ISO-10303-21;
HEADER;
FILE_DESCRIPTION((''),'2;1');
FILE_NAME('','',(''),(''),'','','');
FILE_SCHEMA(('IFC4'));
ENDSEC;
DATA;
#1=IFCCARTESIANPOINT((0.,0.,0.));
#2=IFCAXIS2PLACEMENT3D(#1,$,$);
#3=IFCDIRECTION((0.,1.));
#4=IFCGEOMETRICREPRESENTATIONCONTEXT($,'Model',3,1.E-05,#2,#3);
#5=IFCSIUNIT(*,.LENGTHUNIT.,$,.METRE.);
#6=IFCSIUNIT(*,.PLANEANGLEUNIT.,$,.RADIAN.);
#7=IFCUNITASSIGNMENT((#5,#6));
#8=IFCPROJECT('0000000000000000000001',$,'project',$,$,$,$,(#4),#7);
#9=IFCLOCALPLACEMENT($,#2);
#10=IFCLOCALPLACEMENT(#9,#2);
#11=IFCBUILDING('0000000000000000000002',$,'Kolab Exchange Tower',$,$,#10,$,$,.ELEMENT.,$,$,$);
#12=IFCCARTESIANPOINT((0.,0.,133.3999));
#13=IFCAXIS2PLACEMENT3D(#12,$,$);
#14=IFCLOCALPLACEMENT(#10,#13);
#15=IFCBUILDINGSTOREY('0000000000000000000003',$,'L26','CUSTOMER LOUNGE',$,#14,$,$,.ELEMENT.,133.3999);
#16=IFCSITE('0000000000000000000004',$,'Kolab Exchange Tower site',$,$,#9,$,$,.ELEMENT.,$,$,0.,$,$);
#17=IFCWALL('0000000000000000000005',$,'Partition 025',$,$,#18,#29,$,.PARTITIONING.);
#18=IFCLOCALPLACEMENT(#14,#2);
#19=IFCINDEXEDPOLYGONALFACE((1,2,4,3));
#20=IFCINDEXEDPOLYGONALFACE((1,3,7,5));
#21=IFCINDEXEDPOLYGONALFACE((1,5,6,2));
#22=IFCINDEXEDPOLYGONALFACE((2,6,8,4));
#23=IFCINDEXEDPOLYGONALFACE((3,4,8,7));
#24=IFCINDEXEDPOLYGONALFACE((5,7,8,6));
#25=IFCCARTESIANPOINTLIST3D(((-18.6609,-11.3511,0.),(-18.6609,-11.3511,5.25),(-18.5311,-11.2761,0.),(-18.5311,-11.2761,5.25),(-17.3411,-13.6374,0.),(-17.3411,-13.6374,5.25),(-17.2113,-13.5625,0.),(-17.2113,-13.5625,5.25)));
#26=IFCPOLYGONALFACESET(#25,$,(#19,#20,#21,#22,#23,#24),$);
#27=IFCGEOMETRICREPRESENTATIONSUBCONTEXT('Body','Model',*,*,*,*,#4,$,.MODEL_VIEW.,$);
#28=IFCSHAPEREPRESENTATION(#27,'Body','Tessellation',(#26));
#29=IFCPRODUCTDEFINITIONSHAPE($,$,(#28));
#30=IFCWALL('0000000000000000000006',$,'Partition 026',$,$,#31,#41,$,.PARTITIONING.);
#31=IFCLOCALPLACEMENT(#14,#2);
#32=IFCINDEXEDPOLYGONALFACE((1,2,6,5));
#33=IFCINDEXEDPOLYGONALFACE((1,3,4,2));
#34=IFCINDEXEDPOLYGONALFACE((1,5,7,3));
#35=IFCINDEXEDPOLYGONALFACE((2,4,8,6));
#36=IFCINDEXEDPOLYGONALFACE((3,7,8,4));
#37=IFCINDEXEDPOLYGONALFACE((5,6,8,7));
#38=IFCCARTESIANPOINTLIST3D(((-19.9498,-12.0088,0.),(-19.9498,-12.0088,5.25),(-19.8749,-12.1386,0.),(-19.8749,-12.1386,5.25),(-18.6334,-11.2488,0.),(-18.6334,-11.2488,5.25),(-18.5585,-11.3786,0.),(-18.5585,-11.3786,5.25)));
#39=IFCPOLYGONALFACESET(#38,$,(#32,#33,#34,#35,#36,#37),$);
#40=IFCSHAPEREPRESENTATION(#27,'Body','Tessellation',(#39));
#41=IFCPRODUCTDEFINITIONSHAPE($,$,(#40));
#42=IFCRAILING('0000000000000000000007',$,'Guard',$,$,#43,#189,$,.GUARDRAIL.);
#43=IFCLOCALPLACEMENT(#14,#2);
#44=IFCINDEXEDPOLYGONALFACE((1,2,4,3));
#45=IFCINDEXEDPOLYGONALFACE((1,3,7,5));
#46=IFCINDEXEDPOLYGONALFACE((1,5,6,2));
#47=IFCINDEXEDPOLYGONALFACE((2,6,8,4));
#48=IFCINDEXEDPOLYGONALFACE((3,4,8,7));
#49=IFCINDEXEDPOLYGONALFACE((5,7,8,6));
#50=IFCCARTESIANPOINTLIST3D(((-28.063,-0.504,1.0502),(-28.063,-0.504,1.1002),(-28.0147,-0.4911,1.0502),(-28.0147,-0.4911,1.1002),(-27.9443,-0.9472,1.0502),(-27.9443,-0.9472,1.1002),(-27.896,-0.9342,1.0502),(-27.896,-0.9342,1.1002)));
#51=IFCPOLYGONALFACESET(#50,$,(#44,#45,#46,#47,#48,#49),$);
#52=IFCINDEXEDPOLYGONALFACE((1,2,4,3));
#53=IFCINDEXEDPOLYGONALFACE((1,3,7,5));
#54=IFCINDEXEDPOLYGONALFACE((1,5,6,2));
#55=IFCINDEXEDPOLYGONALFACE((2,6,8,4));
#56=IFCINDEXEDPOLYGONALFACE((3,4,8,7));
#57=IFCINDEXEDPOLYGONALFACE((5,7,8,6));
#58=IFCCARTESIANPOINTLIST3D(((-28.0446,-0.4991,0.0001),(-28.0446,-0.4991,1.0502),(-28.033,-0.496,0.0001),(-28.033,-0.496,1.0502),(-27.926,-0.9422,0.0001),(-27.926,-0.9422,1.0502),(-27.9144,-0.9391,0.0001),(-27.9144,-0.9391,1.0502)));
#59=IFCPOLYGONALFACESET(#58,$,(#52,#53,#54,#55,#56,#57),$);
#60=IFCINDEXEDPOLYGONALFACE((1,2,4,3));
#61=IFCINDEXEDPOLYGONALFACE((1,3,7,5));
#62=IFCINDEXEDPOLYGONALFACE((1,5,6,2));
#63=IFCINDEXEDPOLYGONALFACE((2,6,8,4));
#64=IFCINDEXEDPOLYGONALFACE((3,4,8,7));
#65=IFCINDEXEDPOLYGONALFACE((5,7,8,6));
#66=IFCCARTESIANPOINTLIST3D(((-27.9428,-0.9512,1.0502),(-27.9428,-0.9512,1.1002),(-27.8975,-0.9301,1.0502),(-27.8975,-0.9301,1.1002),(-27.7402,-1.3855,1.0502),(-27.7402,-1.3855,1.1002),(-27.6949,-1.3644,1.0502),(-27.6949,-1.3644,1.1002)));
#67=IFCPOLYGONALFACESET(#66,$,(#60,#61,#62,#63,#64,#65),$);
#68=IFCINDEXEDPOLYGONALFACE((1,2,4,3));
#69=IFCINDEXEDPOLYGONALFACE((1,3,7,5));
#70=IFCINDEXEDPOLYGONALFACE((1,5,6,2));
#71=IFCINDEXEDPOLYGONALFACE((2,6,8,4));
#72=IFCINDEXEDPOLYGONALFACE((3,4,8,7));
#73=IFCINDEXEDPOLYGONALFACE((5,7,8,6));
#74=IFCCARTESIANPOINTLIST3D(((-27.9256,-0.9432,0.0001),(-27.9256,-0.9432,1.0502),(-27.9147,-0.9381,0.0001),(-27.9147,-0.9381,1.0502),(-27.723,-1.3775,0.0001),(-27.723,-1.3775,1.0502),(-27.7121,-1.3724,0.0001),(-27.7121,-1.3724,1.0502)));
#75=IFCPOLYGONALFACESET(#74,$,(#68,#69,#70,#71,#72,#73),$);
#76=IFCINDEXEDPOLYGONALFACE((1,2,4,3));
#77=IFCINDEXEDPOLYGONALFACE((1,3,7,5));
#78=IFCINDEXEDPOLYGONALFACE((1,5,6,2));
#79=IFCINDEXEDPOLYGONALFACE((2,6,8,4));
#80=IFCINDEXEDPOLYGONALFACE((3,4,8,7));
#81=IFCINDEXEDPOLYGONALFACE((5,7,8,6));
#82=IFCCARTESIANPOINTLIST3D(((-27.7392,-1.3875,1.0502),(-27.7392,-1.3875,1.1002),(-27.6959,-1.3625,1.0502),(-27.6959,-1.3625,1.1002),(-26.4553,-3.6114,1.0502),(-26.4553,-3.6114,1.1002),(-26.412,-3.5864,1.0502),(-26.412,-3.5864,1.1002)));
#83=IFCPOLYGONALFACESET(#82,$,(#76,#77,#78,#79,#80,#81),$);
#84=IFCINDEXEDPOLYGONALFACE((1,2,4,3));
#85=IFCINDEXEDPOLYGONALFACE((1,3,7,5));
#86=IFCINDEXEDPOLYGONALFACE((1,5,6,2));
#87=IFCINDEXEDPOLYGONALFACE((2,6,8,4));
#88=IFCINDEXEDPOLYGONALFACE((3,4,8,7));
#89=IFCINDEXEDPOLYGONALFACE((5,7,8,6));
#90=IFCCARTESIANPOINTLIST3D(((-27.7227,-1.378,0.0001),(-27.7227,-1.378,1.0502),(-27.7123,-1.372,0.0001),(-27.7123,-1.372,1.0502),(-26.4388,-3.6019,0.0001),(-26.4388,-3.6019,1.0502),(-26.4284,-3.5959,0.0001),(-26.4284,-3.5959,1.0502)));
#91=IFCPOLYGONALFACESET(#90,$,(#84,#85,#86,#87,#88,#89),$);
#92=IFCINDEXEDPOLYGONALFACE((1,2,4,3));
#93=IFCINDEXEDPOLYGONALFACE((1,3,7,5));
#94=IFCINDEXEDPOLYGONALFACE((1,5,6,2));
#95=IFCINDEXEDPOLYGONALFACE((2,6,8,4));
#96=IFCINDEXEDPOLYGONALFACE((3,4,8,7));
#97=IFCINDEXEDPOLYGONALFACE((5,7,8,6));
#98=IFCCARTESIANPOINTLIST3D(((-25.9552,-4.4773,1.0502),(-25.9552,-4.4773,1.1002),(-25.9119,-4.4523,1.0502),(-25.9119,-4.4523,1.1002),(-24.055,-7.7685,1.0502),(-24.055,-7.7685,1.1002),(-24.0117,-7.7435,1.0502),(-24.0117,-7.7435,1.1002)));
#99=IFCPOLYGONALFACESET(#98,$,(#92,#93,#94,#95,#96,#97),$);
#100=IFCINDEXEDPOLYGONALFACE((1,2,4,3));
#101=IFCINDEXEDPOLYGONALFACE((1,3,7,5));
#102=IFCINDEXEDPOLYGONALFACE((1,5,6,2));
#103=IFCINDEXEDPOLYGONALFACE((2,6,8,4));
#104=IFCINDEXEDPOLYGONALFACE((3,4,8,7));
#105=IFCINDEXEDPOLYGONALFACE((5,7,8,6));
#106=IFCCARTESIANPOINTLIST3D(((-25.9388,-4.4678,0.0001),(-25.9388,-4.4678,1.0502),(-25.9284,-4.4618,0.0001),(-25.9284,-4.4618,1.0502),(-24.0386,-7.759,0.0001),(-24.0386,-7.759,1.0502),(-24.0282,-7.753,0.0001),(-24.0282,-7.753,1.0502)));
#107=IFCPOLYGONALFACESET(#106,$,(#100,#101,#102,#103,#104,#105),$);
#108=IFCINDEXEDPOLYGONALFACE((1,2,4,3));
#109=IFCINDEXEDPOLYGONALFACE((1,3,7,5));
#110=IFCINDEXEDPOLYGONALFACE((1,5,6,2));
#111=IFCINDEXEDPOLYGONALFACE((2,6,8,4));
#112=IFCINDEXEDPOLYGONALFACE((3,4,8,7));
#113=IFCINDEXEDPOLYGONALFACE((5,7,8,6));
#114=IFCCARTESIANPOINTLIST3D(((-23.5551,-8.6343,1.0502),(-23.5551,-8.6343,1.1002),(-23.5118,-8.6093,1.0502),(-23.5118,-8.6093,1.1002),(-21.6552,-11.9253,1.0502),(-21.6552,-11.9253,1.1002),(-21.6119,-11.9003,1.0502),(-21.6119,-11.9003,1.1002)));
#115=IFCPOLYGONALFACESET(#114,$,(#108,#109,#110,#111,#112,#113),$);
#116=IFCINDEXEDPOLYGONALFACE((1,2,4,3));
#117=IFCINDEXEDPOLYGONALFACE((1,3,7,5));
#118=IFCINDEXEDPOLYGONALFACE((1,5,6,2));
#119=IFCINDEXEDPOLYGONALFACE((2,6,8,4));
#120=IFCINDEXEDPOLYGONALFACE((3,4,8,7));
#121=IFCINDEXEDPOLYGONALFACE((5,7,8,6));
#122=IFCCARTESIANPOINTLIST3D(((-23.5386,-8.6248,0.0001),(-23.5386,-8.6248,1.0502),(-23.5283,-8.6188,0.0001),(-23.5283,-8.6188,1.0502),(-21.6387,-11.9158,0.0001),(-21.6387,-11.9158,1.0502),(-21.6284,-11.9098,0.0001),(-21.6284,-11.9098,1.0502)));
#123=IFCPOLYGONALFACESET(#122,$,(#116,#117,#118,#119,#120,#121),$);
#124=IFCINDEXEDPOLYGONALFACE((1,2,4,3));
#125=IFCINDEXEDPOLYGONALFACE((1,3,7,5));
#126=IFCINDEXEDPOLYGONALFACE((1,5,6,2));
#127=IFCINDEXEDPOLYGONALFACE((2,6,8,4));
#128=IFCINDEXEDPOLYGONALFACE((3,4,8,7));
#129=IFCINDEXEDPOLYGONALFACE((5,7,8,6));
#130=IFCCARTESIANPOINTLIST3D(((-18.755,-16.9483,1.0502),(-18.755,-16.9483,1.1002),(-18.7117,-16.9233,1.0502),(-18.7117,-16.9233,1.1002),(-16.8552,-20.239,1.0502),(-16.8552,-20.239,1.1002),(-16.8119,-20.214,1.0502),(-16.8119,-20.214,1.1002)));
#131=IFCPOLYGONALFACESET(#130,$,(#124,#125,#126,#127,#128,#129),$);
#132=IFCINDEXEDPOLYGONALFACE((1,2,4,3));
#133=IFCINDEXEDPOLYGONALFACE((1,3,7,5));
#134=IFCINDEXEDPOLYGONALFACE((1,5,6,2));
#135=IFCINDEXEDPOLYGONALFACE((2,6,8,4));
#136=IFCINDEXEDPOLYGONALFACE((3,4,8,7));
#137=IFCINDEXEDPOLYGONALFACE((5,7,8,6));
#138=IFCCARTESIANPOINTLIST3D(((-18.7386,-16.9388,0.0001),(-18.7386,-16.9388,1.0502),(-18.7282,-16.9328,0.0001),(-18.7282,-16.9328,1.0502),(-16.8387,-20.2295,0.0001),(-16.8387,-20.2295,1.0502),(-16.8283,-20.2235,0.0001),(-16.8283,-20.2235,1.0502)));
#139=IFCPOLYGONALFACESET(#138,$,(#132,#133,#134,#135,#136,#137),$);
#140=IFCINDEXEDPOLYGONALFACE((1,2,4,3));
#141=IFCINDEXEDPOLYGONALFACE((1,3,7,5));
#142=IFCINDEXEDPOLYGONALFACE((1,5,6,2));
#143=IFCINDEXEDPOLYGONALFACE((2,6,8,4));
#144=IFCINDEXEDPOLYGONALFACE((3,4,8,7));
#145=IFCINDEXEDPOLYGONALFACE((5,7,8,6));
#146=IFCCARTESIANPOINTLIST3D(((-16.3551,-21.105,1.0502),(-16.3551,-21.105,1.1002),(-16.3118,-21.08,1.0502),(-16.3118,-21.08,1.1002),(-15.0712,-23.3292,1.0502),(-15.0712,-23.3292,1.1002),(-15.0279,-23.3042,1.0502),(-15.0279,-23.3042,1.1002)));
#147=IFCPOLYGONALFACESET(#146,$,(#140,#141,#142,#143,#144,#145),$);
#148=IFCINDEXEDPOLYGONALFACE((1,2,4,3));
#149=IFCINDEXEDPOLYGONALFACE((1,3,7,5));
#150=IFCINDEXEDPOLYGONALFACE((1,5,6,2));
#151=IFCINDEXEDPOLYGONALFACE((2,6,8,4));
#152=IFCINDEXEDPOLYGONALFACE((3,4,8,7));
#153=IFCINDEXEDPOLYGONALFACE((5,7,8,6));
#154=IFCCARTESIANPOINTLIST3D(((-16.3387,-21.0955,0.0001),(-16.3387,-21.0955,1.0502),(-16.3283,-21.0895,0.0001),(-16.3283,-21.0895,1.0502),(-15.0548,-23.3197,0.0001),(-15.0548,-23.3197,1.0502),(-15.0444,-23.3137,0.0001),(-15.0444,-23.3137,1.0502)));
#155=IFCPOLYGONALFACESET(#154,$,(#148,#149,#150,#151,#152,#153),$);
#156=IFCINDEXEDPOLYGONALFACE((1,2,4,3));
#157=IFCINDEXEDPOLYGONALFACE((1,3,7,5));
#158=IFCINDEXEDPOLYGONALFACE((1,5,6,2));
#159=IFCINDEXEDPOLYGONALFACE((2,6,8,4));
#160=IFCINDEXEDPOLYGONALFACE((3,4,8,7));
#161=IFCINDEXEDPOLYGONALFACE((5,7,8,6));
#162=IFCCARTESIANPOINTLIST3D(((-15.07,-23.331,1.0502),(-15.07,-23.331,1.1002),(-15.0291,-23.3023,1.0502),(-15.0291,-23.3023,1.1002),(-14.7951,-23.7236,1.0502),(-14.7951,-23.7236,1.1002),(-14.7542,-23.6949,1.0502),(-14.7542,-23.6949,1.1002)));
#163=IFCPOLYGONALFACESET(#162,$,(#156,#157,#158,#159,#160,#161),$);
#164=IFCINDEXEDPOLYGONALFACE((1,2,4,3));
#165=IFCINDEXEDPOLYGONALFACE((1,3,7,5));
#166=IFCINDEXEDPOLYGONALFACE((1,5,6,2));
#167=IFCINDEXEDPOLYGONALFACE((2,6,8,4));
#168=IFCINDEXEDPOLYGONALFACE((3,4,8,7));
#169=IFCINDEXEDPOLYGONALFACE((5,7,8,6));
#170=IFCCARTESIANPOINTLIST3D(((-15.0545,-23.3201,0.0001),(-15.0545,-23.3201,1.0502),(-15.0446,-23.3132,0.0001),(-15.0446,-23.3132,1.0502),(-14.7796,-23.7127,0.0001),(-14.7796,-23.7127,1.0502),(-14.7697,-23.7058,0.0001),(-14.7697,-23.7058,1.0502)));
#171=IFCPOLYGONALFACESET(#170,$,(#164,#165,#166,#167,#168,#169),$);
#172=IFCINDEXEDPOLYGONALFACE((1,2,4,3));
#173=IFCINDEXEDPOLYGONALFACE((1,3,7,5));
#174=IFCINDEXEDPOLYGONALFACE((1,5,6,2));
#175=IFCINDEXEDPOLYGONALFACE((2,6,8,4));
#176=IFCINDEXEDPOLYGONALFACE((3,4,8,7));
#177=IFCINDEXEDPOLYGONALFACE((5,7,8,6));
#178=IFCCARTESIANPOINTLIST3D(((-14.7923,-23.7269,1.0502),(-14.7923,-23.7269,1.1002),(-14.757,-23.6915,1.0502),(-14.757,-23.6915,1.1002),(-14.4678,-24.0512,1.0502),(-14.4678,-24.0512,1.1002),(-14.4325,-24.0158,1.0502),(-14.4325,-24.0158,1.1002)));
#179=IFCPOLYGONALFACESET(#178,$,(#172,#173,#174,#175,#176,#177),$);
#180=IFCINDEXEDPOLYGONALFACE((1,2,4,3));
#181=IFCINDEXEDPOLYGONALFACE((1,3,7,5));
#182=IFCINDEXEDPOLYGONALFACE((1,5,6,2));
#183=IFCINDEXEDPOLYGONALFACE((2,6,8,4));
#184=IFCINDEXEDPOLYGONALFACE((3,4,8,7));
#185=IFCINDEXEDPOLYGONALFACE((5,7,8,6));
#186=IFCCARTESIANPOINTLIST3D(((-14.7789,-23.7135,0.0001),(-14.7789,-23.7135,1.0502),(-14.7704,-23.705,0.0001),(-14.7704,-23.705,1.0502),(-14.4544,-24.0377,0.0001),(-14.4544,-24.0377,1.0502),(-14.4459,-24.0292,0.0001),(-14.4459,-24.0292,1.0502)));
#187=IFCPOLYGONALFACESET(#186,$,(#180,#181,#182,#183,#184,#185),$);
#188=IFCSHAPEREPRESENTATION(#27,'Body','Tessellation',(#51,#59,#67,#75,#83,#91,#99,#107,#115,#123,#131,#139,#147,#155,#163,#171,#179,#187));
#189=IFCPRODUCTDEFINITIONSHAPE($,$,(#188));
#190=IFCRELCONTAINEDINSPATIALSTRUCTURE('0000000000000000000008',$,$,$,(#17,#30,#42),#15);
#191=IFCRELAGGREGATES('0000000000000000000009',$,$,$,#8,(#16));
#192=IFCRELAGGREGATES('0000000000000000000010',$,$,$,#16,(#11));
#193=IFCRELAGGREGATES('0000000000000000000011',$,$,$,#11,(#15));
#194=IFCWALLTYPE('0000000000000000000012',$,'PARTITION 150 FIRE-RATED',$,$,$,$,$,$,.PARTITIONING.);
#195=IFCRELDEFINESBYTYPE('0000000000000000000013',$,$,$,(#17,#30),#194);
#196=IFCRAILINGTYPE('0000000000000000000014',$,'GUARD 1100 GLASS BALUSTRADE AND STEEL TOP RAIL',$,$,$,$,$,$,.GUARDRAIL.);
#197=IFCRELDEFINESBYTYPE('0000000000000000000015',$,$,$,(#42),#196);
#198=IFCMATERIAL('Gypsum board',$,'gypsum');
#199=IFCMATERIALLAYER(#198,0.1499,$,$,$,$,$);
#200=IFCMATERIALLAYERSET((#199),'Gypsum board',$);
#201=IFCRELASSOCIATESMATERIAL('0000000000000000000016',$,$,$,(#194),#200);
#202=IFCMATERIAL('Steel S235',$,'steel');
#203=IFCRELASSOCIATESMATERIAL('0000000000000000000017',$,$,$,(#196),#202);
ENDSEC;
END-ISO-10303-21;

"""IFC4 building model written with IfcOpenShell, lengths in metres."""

from ifc_helpers import new_model, si_unit, direction, frame, frame_2d, origin, origin_2d, place, context, subcontext, project, spatial, rectangle, extrude, material, layer, layer_set, type_object, element, save


model = new_model("IFC4")

# Units and contexts
model_context = context("Model", 3, precision=1e-05, world=origin(), true_north=direction((0.0, 1.0)))
body_context = subcontext(model_context, "Body", "Model", "MODEL_VIEW")
ifc_project = project(units=[si_unit("LENGTHUNIT", "METRE"), si_unit("PLANEANGLEUNIT", "RADIAN")], contexts=[model_context])

# Site, building, storey
site_placement = place(None, origin())
site = spatial("IfcSite", under=ifc_project, at=site_placement, Name="Kolab Exchange Tower site", CompositionType="ELEMENT", RefElevation=0.0)
building_placement = place(site_placement, origin())
building = spatial("IfcBuilding", under=site, at=building_placement, Name="Kolab Exchange Tower", CompositionType="ELEMENT")
storey_placement = place(building_placement, frame((0.0, 0.0, 133.3999)))
storey = spatial("IfcBuildingStorey", under=building, at=storey_placement, Name="L26", Description="CUSTOMER LOUNGE", CompositionType="ELEMENT", Elevation=133.3999)

# Walls
ifc_material_1 = material(Name="Gypsum board", Category="gypsum")
ifc_layer_1 = layer(ifc_material_1, 0.1499)
ifc_layer_set_1 = layer_set([ifc_layer_1], Name="Gypsum board")
wall_type_1 = type_object("IfcWallType", Name="PARTITION 150 FIRE-RATED", PredefinedType="PARTITIONING", material=ifc_layer_set_1)
wall_1_placement = place(storey_placement, frame((-18.5959, -11.3137, 0.0), z_axis=(0.0, 0.0, 1.0), x_axis=(0.499939, -0.866061, 0.0)))
element("IfcWall", 1, at=wall_1_placement, inside=storey, type_object=wall_type_1, Name="Partition 025", PredefinedType="PARTITIONING", context=body_context, shape_type="SweptSolid", body=[
    extrude(rectangle(XDim=2.6399, YDim=0.1499, at=frame_2d((1.3198, 0.0))), origin(), (0.0, 0.0, 1.0), 5.25),
])
wall_2_placement = place(storey_placement, frame((-19.9124, -12.0737, 0.0), z_axis=(0.0, 0.0, 1.0), x_axis=(0.86603, 0.499991, 0.0)))
element("IfcWall", 2, at=wall_2_placement, inside=storey, type_object=wall_type_1, Name="Partition 026", PredefinedType="PARTITIONING", context=body_context, shape_type="SweptSolid", body=[
    extrude(rectangle(XDim=1.52, YDim=0.1499, at=frame_2d((0.76, 0.0))), origin(), (0.0, 0.0, 1.0), 5.25),
])

# Railing
ifc_material_2 = material(Name="Steel S235", Category="steel")
railing_type = type_object("IfcRailingType", Name="GUARD 1100 GLASS BALUSTRADE AND STEEL TOP RAIL", PredefinedType="GUARDRAIL", material=ifc_material_2)
railing_placement = place(storey_placement, frame((-28.0388, -0.4976, 0.0)))
element("IfcRailing", 3, at=railing_placement, inside=storey, type_object=railing_type, Name="Guard", PredefinedType="GUARDRAIL", context=body_context, shape_type="SweptSolid", body=[
    extrude(rectangle(XDim=0.05, YDim=0.05, at=origin_2d()), frame((0.0, 0.0, 1.0752), z_axis=(0.258656, -0.965969, 0.0), x_axis=(0.965969, 0.258656, 0.0)), (0.0, 0.0, 1.0), 0.4587),
    extrude(rectangle(XDim=0.012, YDim=1.0501, at=frame_2d((0.0, 0.5251))), frame((0.0, 0.0, 0.0), z_axis=(0.258656, -0.965969, 0.0), x_axis=(0.965969, 0.258656, 0.0)), (0.0, 0.0, 1.0), 0.4587),
    extrude(rectangle(XDim=0.05, YDim=0.05, at=origin_2d()), frame((0.1187, -0.4431, 1.0752), z_axis=(0.422802, -0.906222, 0.0), x_axis=(0.906222, 0.422802, 0.0)), (0.0, 0.0, 1.0), 0.4792),
    extrude(rectangle(XDim=0.012, YDim=1.0501, at=frame_2d((0.0, 0.5251))), frame((0.1187, -0.4431, 0.0), z_axis=(0.422802, -0.906222, 0.0), x_axis=(0.906222, 0.422802, 0.0)), (0.0, 0.0, 1.0), 0.4792),
    extrude(rectangle(XDim=0.05, YDim=0.05, at=origin_2d()), frame((0.3213, -0.8774, 1.0752), z_axis=(0.499994, -0.866029, 0.0), x_axis=(0.866029, 0.499994, 0.0)), (0.0, 0.0, 1.0), 2.5679),
    extrude(rectangle(XDim=0.012, YDim=1.0501, at=frame_2d((0.0, 0.5251))), frame((0.3213, -0.8774, 0.0), z_axis=(0.499994, -0.866029, 0.0), x_axis=(0.866029, 0.499994, 0.0)), (0.0, 0.0, 1.0), 2.5679),
    extrude(rectangle(XDim=0.05, YDim=0.05, at=origin_2d()), frame((2.1052, -3.9673, 1.0752), z_axis=(0.500015, -0.866017, 0.0), x_axis=(0.866017, 0.500015, 0.0)), (0.0, 0.0, 1.0), 3.8003),
    extrude(rectangle(XDim=0.012, YDim=1.0501, at=frame_2d((0.0, 0.5251))), frame((2.1052, -3.9673, 0.0), z_axis=(0.500015, -0.866017, 0.0), x_axis=(0.866017, 0.500015, 0.0)), (0.0, 0.0, 1.0), 3.8003),
    extrude(rectangle(XDim=0.05, YDim=0.05, at=origin_2d()), frame((4.5054, -8.1243, 1.0752), z_axis=(0.499967, -0.866044, 0.0), x_axis=(0.866044, 0.499967, 0.0)), (0.0, 0.0, 1.0), 3.8),
    extrude(rectangle(XDim=0.012, YDim=1.0501, at=frame_2d((0.0, 0.5251))), frame((4.5054, -8.1243, 0.0), z_axis=(0.499967, -0.866044, 0.0), x_axis=(0.866044, 0.499967, 0.0)), (0.0, 0.0, 1.0), 3.8),
    extrude(rectangle(XDim=0.05, YDim=0.05, at=origin_2d()), frame((9.3054, -16.4382, 1.0752), z_axis=(0.499995, -0.866028, 0.0), x_axis=(0.866028, 0.499995, 0.0)), (0.0, 0.0, 1.0), 3.7998),
    extrude(rectangle(XDim=0.012, YDim=1.0501, at=frame_2d((0.0, 0.5251))), frame((9.3054, -16.4382, 0.0), z_axis=(0.499995, -0.866028, 0.0), x_axis=(0.866028, 0.499995, 0.0)), (0.0, 0.0, 1.0), 3.7998),
    extrude(rectangle(XDim=0.05, YDim=0.05, at=origin_2d()), frame((11.7053, -20.595, 1.0752), z_axis=(0.499953, -0.866053, 0.0), x_axis=(0.866053, 0.499953, 0.0)), (0.0, 0.0, 1.0), 2.5681),
    extrude(rectangle(XDim=0.012, YDim=1.0501, at=frame_2d((0.0, 0.5251))), frame((11.7053, -20.595, 0.0), z_axis=(0.499953, -0.866053, 0.0), x_axis=(0.866053, 0.499953, 0.0)), (0.0, 0.0, 1.0), 2.5681),
    extrude(rectangle(XDim=0.05, YDim=0.05, at=origin_2d()), frame((12.9893, -22.8191, 1.0752), z_axis=(0.573599, -0.819136, 0.0), x_axis=(0.819136, 0.573599, 0.0)), (0.0, 0.0, 1.0), 0.4792),
    extrude(rectangle(XDim=0.012, YDim=1.0501, at=frame_2d((0.0, 0.5251))), frame((12.9893, -22.8191, 0.0), z_axis=(0.573599, -0.819136, 0.0), x_axis=(0.819136, 0.573599, 0.0)), (0.0, 0.0, 1.0), 0.4792),
    extrude(rectangle(XDim=0.05, YDim=0.05, at=origin_2d()), frame((13.2642, -23.2117, 1.0752), z_axis=(0.707373, -0.706841, 0.0), x_axis=(0.706841, 0.707373, 0.0)), (0.0, 0.0, 1.0), 0.4587),
    extrude(rectangle(XDim=0.012, YDim=1.0501, at=frame_2d((0.0, 0.5251))), frame((13.2642, -23.2117, 0.0), z_axis=(0.707373, -0.706841, 0.0), x_axis=(0.706841, 0.707373, 0.0)), (0.0, 0.0, 1.0), 0.4587),
])

save(model, "model.ifc")
